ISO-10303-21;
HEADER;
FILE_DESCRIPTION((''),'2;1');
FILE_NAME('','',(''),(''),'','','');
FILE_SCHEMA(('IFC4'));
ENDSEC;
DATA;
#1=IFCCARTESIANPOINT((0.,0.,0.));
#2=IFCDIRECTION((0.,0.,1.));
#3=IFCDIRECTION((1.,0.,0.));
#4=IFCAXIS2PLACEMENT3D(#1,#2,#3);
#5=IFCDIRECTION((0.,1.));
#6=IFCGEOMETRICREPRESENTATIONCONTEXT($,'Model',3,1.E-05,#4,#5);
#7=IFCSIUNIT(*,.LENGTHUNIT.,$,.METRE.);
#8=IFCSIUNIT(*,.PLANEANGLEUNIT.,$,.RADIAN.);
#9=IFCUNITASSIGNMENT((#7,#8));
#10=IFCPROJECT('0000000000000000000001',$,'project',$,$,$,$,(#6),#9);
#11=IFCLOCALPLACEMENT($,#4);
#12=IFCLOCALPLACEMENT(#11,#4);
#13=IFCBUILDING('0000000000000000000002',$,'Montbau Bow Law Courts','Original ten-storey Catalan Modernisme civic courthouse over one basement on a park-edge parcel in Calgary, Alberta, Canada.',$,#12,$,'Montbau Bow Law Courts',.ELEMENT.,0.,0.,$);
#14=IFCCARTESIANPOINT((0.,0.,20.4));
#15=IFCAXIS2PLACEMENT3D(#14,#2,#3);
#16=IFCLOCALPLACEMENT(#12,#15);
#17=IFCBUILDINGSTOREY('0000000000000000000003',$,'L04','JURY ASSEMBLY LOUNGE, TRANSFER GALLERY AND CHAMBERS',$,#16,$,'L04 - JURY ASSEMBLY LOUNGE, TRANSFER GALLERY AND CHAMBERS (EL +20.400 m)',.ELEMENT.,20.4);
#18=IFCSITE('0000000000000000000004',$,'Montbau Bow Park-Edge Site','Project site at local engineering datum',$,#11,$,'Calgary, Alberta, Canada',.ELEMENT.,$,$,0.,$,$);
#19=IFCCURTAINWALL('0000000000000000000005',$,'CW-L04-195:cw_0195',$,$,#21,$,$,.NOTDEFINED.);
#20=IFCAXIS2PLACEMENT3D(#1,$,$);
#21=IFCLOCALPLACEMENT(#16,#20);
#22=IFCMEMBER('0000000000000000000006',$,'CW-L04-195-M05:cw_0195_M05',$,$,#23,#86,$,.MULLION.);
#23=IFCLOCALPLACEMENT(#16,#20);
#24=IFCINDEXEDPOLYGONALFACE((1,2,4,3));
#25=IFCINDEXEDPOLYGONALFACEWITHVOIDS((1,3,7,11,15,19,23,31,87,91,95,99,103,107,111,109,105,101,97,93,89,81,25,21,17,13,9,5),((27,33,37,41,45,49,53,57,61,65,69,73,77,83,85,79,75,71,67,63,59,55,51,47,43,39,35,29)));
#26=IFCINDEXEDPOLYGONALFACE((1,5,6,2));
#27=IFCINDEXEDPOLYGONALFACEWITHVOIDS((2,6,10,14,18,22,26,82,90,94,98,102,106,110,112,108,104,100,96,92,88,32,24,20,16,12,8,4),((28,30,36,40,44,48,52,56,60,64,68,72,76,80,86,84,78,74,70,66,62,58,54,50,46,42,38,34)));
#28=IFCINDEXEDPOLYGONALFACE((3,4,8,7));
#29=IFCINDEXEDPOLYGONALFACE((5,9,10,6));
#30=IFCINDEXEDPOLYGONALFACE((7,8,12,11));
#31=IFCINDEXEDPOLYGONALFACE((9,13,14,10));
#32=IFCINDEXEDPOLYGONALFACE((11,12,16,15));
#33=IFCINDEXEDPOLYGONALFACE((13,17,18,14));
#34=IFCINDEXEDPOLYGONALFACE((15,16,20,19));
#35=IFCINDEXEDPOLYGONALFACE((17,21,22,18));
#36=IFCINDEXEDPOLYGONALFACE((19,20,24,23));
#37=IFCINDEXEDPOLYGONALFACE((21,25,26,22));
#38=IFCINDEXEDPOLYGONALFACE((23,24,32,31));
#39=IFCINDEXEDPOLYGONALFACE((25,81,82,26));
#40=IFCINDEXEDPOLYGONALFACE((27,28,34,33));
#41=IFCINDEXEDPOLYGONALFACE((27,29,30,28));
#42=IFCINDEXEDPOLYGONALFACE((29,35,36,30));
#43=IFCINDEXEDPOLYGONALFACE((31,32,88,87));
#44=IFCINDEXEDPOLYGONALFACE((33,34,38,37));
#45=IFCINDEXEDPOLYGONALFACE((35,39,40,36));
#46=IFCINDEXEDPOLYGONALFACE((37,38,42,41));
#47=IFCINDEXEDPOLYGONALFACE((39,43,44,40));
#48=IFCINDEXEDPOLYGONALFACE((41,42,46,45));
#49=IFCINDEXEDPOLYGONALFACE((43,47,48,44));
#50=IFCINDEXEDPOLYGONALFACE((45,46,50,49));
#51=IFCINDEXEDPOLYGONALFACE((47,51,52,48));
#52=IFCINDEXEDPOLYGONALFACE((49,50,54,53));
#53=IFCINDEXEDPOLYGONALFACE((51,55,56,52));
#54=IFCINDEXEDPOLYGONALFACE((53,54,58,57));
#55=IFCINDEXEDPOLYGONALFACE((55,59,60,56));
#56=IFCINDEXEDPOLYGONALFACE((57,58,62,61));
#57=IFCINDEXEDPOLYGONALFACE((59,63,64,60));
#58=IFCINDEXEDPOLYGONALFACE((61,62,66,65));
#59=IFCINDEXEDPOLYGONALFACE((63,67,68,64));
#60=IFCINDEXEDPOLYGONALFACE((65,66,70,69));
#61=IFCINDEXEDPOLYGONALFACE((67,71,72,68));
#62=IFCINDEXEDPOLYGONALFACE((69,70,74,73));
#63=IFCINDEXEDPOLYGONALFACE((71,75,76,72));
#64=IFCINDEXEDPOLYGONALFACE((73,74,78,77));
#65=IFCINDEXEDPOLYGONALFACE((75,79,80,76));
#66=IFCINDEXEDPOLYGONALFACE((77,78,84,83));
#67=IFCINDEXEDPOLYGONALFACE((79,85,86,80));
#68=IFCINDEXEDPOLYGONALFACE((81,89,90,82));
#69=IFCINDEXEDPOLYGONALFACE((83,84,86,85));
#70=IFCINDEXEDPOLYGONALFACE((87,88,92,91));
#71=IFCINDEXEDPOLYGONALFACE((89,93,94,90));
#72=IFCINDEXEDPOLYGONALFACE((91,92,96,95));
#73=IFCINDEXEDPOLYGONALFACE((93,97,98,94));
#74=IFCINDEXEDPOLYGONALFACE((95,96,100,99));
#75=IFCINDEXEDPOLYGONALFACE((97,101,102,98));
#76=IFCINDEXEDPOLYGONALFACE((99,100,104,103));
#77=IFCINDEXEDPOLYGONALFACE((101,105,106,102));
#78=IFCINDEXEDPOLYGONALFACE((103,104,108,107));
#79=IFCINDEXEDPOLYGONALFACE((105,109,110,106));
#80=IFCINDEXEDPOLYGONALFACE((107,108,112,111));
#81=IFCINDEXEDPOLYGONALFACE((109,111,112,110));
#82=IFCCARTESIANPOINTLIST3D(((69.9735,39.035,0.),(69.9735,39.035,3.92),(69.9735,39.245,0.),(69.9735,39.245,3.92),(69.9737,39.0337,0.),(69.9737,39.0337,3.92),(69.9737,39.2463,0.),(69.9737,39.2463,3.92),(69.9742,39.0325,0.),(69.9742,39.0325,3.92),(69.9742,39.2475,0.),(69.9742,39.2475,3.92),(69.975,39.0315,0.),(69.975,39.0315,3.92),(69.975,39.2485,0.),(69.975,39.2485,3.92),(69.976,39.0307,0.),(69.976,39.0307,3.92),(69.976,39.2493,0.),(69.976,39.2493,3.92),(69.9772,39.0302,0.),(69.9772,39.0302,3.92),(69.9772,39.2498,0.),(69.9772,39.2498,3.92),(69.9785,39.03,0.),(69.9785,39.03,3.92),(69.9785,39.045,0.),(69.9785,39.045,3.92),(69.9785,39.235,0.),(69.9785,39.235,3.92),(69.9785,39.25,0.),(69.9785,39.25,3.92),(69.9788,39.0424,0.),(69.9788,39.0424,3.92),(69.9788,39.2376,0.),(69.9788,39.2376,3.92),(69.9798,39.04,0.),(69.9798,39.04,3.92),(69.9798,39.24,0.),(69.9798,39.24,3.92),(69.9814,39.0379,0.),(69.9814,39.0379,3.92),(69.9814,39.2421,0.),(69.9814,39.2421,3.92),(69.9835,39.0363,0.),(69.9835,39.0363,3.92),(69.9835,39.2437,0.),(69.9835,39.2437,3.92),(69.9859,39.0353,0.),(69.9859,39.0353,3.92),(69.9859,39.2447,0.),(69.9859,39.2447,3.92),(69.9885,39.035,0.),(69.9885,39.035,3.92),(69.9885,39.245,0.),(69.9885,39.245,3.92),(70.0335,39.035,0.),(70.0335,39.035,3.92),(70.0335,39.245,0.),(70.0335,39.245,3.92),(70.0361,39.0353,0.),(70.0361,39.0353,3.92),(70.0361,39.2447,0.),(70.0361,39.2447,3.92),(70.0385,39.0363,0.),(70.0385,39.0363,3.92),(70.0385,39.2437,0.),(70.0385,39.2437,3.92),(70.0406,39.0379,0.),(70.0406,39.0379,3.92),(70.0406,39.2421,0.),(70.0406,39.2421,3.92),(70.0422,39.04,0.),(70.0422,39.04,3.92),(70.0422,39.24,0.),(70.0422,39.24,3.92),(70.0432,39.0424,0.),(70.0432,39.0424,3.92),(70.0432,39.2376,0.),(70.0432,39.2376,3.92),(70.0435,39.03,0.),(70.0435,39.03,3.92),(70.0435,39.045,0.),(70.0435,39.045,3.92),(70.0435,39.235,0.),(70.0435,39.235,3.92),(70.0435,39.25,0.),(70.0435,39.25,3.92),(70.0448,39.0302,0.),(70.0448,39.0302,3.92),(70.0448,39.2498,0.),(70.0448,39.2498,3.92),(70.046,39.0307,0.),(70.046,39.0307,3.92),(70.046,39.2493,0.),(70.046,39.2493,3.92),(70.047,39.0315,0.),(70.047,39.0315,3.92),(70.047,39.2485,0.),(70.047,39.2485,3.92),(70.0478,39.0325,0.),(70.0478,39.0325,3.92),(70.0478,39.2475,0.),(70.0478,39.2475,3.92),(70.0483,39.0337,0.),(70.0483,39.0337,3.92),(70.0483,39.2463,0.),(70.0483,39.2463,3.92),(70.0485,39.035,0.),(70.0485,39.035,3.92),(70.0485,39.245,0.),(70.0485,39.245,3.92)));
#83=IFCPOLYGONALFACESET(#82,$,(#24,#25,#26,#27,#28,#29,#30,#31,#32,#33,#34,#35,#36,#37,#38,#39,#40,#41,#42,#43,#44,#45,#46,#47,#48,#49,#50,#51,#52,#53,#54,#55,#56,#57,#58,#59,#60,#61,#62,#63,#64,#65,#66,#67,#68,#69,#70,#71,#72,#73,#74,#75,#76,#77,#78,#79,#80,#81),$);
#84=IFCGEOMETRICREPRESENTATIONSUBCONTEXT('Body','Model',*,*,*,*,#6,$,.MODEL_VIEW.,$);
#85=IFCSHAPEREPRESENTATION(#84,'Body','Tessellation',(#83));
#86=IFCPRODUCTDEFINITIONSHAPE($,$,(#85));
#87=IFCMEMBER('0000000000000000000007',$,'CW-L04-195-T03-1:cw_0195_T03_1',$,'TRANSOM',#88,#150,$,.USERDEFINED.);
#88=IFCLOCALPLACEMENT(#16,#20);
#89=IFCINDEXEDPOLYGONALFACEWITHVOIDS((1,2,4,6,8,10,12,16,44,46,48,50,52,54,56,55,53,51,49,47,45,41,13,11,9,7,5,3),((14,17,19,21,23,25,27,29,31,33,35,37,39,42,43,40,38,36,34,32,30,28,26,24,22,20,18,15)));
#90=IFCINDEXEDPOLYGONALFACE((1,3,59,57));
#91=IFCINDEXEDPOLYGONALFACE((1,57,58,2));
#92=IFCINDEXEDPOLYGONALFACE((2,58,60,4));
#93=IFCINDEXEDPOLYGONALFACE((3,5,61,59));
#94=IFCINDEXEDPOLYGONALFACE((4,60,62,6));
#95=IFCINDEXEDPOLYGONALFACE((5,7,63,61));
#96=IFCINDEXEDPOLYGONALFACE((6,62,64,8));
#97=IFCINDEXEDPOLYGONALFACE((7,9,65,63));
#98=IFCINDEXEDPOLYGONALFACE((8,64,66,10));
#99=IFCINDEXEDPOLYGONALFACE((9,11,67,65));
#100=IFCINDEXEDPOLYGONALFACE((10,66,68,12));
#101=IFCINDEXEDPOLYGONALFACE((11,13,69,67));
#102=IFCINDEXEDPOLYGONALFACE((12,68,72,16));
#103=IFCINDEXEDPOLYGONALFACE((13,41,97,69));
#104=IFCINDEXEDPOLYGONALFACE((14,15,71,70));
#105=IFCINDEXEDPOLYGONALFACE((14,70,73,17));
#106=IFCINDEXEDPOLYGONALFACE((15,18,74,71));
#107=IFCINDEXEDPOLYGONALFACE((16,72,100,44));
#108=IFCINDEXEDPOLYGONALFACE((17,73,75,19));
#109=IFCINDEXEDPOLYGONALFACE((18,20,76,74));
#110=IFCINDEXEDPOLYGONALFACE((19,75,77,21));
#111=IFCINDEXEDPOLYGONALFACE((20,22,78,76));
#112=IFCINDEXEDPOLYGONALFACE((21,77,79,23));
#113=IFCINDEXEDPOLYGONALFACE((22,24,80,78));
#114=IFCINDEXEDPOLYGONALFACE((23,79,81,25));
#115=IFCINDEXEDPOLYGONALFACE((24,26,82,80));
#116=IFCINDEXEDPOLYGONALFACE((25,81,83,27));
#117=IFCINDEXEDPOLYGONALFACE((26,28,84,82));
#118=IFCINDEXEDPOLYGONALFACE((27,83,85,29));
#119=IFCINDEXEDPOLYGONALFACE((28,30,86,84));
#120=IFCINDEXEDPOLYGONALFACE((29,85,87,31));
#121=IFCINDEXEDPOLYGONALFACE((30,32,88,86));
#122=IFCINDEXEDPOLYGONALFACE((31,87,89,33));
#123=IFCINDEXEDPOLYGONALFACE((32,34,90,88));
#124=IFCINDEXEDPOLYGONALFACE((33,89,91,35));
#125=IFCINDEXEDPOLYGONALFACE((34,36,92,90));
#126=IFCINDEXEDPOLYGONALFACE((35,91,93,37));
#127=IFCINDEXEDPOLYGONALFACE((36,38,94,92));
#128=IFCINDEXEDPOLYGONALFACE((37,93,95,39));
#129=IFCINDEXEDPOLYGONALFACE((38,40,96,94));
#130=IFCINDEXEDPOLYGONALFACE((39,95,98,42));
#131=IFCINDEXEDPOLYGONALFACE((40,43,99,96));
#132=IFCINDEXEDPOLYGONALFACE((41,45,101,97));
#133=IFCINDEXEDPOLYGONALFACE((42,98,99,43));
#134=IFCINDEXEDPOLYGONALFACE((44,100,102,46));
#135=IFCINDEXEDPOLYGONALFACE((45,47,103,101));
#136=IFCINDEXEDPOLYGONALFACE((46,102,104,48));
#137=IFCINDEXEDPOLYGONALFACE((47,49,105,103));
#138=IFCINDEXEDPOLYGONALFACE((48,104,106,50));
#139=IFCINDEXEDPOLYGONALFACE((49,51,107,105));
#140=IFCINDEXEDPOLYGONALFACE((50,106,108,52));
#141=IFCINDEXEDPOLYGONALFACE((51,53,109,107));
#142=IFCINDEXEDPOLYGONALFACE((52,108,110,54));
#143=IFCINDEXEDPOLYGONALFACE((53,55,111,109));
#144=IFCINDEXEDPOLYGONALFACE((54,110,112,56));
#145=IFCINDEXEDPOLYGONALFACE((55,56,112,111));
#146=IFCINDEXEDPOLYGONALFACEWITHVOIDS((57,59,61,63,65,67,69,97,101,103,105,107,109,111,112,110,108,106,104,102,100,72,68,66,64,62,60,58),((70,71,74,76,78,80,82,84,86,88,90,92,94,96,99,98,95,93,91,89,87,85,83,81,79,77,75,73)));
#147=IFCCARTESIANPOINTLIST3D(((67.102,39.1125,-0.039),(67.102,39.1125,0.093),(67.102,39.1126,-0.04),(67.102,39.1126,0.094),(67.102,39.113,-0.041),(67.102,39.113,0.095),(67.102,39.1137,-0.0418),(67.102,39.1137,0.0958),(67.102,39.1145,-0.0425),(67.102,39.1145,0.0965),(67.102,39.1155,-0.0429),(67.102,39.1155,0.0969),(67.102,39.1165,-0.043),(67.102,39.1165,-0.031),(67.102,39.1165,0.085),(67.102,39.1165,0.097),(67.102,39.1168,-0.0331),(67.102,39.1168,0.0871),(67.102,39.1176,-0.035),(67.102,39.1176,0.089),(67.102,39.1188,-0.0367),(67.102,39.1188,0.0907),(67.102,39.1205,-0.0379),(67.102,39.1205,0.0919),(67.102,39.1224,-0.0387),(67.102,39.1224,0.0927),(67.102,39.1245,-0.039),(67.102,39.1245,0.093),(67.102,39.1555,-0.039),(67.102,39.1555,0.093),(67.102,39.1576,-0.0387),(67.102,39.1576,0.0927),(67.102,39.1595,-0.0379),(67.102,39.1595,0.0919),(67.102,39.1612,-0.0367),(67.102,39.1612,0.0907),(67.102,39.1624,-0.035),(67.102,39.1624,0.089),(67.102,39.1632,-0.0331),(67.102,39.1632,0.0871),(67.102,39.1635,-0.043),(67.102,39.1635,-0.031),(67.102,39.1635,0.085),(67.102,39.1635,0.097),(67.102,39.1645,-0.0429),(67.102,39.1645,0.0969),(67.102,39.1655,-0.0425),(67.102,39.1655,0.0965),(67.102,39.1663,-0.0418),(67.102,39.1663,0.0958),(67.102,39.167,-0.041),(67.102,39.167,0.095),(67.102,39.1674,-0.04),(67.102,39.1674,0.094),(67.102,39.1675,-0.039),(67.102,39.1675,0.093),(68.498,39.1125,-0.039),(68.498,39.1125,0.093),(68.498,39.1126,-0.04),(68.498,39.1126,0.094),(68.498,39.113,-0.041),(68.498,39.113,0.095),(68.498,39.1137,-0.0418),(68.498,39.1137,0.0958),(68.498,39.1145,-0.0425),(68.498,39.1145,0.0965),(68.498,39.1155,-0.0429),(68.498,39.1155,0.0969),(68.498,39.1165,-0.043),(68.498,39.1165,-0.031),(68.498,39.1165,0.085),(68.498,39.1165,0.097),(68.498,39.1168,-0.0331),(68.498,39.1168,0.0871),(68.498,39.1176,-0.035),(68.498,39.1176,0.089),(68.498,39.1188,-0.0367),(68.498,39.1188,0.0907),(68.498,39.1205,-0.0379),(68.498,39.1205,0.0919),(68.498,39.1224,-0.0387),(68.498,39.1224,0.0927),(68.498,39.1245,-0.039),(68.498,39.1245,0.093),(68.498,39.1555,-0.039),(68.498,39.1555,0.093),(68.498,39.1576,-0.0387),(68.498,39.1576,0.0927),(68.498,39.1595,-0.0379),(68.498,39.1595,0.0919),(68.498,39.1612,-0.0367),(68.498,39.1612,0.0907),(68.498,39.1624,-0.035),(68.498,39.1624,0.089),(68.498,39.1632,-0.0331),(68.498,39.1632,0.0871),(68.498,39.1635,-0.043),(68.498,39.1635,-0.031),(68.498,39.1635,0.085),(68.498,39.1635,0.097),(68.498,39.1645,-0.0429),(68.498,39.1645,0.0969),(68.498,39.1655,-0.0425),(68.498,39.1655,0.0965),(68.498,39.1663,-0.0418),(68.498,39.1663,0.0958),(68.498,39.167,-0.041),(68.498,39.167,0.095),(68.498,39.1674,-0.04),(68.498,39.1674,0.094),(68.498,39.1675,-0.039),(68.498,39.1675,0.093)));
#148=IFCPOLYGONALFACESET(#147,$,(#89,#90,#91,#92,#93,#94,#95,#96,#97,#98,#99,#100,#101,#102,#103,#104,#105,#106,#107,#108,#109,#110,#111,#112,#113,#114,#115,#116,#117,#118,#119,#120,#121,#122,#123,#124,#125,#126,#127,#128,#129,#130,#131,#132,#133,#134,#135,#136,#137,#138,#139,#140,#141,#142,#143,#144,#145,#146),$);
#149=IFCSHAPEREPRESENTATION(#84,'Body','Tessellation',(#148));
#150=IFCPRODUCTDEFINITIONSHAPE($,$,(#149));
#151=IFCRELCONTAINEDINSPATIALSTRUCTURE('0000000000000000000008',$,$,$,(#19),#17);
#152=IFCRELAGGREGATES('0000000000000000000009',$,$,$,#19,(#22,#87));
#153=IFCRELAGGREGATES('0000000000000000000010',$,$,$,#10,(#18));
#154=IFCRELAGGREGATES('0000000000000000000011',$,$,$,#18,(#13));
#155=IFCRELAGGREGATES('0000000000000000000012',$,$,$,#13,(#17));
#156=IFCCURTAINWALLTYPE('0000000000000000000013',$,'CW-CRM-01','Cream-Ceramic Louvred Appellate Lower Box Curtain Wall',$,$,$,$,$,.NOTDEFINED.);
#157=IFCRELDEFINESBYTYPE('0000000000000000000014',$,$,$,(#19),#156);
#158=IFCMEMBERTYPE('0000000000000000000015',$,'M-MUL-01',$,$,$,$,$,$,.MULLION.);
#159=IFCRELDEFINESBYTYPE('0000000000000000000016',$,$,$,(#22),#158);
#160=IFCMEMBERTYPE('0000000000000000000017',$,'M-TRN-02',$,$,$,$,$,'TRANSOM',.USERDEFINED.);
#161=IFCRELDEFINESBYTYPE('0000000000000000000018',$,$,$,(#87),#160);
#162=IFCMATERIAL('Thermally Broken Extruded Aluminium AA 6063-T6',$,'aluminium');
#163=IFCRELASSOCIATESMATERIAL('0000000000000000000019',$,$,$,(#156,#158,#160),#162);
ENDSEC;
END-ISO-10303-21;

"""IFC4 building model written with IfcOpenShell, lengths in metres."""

from ifc_helpers import new_model, si_unit, direction, frame, origin_with_axes, origin_2d_with_axis, place, context, subcontext, project, spatial, hollow_rectangle, extrude, material, material_profile, profile_set, type_object, element, aggregate, save


model = new_model("IFC4")

# Units and contexts
model_context = context("Model", 3, precision=1e-05, world=origin_with_axes(), true_north=direction((0.0, 1.0)))
body_context = subcontext(model_context, "Body", "Model", "MODEL_VIEW")
ifc_project = project(units=[si_unit("LENGTHUNIT", "METRE"), si_unit("PLANEANGLEUNIT", "RADIAN")], contexts=[model_context])

# Site, building, storey
site_placement = place(None, origin_with_axes())
site = spatial("IfcSite", under=ifc_project, at=site_placement, Name="Montbau Bow Park-Edge Site", Description="Project site at local engineering datum", LongName="Calgary, Alberta, Canada", CompositionType="ELEMENT", RefElevation=0.0)
building_placement = place(site_placement, origin_with_axes())
building = spatial("IfcBuilding", under=site, at=building_placement, Name="Montbau Bow Law Courts", Description="Original ten-storey Catalan Modernisme civic courthouse over one basement on a park-edge parcel in Calgary, Alberta, Canada.", LongName="Montbau Bow Law Courts", CompositionType="ELEMENT", ElevationOfRefHeight=0.0, ElevationOfTerrain=0.0)
storey_placement = place(building_placement, frame((0.0, 0.0, 20.4), z_axis=(0.0, 0.0, 1.0), x_axis=(1.0, 0.0, 0.0)))
storey = spatial("IfcBuildingStorey", under=building, at=storey_placement, Name="L04", Description="JURY ASSEMBLY LOUNGE, TRANSFER GALLERY AND CHAMBERS", LongName="L04 - JURY ASSEMBLY LOUNGE, TRANSFER GALLERY AND CHAMBERS (EL +20.400 m)", CompositionType="ELEMENT", Elevation=20.4)

# Curtain wall, members
ifc_material_1 = material(Name="Thermally Broken Extruded Aluminium AA 6063-T6", Category="aluminium")
curtain_wall_type = type_object("IfcCurtainWallType", Name="CW-CRM-01", Description="Cream-Ceramic Louvred Appellate Lower Box Curtain Wall", PredefinedType="NOTDEFINED", material=ifc_material_1)
curtain_wall_placement = place(None, frame((64.115, 39.14, 20.4), z_axis=(0.0, 0.0, 1.0), x_axis=(1.0, 0.0, 0.0)))
curtain_wall = element("IfcCurtainWall", 1, at=curtain_wall_placement, inside=storey, type_object=curtain_wall_type, Name="CW-L04-195:cw_0195", PredefinedType="NOTDEFINED")
ifc_material_profile_1 = material_profile(ifc_material_1, hollow_rectangle(XDim=0.075, YDim=0.22, WallThickness=0.005, InnerFilletRadius=0.01, OuterFilletRadius=0.005, at=origin_2d_with_axis()), Name="CWM-220X75", Category="Main", Priority=0)
ifc_profile_set_1 = profile_set([ifc_material_profile_1], Name="Thermally Broken Extruded Aluminium AA 6063-T6")
member_type_1 = type_object("IfcMemberType", Name="M-MUL-01", PredefinedType="MULLION", material=ifc_profile_set_1)
member_1_placement = place(None, frame((70.011, 39.14, 20.4), z_axis=(0.0, 0.0, 1.0), x_axis=(1.0, 0.0, 0.0)))
member_1 = element("IfcMember", 2, at=member_1_placement, type_object=member_type_1, Name="CW-L04-195-M05:cw_0195_M05", PredefinedType="MULLION", context=body_context, shape_type="SweptSolid", body=[
    extrude(hollow_rectangle(XDim=0.075, YDim=0.22, WallThickness=0.005, InnerFilletRadius=0.01, OuterFilletRadius=0.005, at=origin_2d_with_axis()), origin_with_axes(), (0.0, 0.0, 1.0), 3.92),
])
ifc_material_profile_2 = material_profile(ifc_material_1, hollow_rectangle(XDim=0.055, YDim=0.14, WallThickness=0.004, InnerFilletRadius=0.008, OuterFilletRadius=0.004, at=origin_2d_with_axis()), Name="CWT-140X55", Category="Main", Priority=0)
ifc_profile_set_2 = profile_set([ifc_material_profile_2], Name="Thermally Broken Extruded Aluminium AA 6063-T6")
member_type_2 = type_object("IfcMemberType", Name="M-TRN-02", ElementType="TRANSOM", PredefinedType="USERDEFINED", material=ifc_profile_set_2)
member_2_placement = place(None, frame((67.102, 39.14, 20.427), z_axis=(1.0, 0.0, 0.0), x_axis=(0.0, 1.0, 0.0)))
member_2 = element("IfcMember", 3, at=member_2_placement, type_object=member_type_2, Name="CW-L04-195-T03-1:cw_0195_T03_1", ObjectType="TRANSOM", PredefinedType="USERDEFINED", context=body_context, shape_type="SweptSolid", body=[
    extrude(hollow_rectangle(XDim=0.055, YDim=0.14, WallThickness=0.004, InnerFilletRadius=0.008, OuterFilletRadius=0.004, at=origin_2d_with_axis()), origin_with_axes(), (0.0, 0.0, 1.0), 1.396),
])
aggregate(curtain_wall, [member_1, member_2])

save(model, "model.ifc")
